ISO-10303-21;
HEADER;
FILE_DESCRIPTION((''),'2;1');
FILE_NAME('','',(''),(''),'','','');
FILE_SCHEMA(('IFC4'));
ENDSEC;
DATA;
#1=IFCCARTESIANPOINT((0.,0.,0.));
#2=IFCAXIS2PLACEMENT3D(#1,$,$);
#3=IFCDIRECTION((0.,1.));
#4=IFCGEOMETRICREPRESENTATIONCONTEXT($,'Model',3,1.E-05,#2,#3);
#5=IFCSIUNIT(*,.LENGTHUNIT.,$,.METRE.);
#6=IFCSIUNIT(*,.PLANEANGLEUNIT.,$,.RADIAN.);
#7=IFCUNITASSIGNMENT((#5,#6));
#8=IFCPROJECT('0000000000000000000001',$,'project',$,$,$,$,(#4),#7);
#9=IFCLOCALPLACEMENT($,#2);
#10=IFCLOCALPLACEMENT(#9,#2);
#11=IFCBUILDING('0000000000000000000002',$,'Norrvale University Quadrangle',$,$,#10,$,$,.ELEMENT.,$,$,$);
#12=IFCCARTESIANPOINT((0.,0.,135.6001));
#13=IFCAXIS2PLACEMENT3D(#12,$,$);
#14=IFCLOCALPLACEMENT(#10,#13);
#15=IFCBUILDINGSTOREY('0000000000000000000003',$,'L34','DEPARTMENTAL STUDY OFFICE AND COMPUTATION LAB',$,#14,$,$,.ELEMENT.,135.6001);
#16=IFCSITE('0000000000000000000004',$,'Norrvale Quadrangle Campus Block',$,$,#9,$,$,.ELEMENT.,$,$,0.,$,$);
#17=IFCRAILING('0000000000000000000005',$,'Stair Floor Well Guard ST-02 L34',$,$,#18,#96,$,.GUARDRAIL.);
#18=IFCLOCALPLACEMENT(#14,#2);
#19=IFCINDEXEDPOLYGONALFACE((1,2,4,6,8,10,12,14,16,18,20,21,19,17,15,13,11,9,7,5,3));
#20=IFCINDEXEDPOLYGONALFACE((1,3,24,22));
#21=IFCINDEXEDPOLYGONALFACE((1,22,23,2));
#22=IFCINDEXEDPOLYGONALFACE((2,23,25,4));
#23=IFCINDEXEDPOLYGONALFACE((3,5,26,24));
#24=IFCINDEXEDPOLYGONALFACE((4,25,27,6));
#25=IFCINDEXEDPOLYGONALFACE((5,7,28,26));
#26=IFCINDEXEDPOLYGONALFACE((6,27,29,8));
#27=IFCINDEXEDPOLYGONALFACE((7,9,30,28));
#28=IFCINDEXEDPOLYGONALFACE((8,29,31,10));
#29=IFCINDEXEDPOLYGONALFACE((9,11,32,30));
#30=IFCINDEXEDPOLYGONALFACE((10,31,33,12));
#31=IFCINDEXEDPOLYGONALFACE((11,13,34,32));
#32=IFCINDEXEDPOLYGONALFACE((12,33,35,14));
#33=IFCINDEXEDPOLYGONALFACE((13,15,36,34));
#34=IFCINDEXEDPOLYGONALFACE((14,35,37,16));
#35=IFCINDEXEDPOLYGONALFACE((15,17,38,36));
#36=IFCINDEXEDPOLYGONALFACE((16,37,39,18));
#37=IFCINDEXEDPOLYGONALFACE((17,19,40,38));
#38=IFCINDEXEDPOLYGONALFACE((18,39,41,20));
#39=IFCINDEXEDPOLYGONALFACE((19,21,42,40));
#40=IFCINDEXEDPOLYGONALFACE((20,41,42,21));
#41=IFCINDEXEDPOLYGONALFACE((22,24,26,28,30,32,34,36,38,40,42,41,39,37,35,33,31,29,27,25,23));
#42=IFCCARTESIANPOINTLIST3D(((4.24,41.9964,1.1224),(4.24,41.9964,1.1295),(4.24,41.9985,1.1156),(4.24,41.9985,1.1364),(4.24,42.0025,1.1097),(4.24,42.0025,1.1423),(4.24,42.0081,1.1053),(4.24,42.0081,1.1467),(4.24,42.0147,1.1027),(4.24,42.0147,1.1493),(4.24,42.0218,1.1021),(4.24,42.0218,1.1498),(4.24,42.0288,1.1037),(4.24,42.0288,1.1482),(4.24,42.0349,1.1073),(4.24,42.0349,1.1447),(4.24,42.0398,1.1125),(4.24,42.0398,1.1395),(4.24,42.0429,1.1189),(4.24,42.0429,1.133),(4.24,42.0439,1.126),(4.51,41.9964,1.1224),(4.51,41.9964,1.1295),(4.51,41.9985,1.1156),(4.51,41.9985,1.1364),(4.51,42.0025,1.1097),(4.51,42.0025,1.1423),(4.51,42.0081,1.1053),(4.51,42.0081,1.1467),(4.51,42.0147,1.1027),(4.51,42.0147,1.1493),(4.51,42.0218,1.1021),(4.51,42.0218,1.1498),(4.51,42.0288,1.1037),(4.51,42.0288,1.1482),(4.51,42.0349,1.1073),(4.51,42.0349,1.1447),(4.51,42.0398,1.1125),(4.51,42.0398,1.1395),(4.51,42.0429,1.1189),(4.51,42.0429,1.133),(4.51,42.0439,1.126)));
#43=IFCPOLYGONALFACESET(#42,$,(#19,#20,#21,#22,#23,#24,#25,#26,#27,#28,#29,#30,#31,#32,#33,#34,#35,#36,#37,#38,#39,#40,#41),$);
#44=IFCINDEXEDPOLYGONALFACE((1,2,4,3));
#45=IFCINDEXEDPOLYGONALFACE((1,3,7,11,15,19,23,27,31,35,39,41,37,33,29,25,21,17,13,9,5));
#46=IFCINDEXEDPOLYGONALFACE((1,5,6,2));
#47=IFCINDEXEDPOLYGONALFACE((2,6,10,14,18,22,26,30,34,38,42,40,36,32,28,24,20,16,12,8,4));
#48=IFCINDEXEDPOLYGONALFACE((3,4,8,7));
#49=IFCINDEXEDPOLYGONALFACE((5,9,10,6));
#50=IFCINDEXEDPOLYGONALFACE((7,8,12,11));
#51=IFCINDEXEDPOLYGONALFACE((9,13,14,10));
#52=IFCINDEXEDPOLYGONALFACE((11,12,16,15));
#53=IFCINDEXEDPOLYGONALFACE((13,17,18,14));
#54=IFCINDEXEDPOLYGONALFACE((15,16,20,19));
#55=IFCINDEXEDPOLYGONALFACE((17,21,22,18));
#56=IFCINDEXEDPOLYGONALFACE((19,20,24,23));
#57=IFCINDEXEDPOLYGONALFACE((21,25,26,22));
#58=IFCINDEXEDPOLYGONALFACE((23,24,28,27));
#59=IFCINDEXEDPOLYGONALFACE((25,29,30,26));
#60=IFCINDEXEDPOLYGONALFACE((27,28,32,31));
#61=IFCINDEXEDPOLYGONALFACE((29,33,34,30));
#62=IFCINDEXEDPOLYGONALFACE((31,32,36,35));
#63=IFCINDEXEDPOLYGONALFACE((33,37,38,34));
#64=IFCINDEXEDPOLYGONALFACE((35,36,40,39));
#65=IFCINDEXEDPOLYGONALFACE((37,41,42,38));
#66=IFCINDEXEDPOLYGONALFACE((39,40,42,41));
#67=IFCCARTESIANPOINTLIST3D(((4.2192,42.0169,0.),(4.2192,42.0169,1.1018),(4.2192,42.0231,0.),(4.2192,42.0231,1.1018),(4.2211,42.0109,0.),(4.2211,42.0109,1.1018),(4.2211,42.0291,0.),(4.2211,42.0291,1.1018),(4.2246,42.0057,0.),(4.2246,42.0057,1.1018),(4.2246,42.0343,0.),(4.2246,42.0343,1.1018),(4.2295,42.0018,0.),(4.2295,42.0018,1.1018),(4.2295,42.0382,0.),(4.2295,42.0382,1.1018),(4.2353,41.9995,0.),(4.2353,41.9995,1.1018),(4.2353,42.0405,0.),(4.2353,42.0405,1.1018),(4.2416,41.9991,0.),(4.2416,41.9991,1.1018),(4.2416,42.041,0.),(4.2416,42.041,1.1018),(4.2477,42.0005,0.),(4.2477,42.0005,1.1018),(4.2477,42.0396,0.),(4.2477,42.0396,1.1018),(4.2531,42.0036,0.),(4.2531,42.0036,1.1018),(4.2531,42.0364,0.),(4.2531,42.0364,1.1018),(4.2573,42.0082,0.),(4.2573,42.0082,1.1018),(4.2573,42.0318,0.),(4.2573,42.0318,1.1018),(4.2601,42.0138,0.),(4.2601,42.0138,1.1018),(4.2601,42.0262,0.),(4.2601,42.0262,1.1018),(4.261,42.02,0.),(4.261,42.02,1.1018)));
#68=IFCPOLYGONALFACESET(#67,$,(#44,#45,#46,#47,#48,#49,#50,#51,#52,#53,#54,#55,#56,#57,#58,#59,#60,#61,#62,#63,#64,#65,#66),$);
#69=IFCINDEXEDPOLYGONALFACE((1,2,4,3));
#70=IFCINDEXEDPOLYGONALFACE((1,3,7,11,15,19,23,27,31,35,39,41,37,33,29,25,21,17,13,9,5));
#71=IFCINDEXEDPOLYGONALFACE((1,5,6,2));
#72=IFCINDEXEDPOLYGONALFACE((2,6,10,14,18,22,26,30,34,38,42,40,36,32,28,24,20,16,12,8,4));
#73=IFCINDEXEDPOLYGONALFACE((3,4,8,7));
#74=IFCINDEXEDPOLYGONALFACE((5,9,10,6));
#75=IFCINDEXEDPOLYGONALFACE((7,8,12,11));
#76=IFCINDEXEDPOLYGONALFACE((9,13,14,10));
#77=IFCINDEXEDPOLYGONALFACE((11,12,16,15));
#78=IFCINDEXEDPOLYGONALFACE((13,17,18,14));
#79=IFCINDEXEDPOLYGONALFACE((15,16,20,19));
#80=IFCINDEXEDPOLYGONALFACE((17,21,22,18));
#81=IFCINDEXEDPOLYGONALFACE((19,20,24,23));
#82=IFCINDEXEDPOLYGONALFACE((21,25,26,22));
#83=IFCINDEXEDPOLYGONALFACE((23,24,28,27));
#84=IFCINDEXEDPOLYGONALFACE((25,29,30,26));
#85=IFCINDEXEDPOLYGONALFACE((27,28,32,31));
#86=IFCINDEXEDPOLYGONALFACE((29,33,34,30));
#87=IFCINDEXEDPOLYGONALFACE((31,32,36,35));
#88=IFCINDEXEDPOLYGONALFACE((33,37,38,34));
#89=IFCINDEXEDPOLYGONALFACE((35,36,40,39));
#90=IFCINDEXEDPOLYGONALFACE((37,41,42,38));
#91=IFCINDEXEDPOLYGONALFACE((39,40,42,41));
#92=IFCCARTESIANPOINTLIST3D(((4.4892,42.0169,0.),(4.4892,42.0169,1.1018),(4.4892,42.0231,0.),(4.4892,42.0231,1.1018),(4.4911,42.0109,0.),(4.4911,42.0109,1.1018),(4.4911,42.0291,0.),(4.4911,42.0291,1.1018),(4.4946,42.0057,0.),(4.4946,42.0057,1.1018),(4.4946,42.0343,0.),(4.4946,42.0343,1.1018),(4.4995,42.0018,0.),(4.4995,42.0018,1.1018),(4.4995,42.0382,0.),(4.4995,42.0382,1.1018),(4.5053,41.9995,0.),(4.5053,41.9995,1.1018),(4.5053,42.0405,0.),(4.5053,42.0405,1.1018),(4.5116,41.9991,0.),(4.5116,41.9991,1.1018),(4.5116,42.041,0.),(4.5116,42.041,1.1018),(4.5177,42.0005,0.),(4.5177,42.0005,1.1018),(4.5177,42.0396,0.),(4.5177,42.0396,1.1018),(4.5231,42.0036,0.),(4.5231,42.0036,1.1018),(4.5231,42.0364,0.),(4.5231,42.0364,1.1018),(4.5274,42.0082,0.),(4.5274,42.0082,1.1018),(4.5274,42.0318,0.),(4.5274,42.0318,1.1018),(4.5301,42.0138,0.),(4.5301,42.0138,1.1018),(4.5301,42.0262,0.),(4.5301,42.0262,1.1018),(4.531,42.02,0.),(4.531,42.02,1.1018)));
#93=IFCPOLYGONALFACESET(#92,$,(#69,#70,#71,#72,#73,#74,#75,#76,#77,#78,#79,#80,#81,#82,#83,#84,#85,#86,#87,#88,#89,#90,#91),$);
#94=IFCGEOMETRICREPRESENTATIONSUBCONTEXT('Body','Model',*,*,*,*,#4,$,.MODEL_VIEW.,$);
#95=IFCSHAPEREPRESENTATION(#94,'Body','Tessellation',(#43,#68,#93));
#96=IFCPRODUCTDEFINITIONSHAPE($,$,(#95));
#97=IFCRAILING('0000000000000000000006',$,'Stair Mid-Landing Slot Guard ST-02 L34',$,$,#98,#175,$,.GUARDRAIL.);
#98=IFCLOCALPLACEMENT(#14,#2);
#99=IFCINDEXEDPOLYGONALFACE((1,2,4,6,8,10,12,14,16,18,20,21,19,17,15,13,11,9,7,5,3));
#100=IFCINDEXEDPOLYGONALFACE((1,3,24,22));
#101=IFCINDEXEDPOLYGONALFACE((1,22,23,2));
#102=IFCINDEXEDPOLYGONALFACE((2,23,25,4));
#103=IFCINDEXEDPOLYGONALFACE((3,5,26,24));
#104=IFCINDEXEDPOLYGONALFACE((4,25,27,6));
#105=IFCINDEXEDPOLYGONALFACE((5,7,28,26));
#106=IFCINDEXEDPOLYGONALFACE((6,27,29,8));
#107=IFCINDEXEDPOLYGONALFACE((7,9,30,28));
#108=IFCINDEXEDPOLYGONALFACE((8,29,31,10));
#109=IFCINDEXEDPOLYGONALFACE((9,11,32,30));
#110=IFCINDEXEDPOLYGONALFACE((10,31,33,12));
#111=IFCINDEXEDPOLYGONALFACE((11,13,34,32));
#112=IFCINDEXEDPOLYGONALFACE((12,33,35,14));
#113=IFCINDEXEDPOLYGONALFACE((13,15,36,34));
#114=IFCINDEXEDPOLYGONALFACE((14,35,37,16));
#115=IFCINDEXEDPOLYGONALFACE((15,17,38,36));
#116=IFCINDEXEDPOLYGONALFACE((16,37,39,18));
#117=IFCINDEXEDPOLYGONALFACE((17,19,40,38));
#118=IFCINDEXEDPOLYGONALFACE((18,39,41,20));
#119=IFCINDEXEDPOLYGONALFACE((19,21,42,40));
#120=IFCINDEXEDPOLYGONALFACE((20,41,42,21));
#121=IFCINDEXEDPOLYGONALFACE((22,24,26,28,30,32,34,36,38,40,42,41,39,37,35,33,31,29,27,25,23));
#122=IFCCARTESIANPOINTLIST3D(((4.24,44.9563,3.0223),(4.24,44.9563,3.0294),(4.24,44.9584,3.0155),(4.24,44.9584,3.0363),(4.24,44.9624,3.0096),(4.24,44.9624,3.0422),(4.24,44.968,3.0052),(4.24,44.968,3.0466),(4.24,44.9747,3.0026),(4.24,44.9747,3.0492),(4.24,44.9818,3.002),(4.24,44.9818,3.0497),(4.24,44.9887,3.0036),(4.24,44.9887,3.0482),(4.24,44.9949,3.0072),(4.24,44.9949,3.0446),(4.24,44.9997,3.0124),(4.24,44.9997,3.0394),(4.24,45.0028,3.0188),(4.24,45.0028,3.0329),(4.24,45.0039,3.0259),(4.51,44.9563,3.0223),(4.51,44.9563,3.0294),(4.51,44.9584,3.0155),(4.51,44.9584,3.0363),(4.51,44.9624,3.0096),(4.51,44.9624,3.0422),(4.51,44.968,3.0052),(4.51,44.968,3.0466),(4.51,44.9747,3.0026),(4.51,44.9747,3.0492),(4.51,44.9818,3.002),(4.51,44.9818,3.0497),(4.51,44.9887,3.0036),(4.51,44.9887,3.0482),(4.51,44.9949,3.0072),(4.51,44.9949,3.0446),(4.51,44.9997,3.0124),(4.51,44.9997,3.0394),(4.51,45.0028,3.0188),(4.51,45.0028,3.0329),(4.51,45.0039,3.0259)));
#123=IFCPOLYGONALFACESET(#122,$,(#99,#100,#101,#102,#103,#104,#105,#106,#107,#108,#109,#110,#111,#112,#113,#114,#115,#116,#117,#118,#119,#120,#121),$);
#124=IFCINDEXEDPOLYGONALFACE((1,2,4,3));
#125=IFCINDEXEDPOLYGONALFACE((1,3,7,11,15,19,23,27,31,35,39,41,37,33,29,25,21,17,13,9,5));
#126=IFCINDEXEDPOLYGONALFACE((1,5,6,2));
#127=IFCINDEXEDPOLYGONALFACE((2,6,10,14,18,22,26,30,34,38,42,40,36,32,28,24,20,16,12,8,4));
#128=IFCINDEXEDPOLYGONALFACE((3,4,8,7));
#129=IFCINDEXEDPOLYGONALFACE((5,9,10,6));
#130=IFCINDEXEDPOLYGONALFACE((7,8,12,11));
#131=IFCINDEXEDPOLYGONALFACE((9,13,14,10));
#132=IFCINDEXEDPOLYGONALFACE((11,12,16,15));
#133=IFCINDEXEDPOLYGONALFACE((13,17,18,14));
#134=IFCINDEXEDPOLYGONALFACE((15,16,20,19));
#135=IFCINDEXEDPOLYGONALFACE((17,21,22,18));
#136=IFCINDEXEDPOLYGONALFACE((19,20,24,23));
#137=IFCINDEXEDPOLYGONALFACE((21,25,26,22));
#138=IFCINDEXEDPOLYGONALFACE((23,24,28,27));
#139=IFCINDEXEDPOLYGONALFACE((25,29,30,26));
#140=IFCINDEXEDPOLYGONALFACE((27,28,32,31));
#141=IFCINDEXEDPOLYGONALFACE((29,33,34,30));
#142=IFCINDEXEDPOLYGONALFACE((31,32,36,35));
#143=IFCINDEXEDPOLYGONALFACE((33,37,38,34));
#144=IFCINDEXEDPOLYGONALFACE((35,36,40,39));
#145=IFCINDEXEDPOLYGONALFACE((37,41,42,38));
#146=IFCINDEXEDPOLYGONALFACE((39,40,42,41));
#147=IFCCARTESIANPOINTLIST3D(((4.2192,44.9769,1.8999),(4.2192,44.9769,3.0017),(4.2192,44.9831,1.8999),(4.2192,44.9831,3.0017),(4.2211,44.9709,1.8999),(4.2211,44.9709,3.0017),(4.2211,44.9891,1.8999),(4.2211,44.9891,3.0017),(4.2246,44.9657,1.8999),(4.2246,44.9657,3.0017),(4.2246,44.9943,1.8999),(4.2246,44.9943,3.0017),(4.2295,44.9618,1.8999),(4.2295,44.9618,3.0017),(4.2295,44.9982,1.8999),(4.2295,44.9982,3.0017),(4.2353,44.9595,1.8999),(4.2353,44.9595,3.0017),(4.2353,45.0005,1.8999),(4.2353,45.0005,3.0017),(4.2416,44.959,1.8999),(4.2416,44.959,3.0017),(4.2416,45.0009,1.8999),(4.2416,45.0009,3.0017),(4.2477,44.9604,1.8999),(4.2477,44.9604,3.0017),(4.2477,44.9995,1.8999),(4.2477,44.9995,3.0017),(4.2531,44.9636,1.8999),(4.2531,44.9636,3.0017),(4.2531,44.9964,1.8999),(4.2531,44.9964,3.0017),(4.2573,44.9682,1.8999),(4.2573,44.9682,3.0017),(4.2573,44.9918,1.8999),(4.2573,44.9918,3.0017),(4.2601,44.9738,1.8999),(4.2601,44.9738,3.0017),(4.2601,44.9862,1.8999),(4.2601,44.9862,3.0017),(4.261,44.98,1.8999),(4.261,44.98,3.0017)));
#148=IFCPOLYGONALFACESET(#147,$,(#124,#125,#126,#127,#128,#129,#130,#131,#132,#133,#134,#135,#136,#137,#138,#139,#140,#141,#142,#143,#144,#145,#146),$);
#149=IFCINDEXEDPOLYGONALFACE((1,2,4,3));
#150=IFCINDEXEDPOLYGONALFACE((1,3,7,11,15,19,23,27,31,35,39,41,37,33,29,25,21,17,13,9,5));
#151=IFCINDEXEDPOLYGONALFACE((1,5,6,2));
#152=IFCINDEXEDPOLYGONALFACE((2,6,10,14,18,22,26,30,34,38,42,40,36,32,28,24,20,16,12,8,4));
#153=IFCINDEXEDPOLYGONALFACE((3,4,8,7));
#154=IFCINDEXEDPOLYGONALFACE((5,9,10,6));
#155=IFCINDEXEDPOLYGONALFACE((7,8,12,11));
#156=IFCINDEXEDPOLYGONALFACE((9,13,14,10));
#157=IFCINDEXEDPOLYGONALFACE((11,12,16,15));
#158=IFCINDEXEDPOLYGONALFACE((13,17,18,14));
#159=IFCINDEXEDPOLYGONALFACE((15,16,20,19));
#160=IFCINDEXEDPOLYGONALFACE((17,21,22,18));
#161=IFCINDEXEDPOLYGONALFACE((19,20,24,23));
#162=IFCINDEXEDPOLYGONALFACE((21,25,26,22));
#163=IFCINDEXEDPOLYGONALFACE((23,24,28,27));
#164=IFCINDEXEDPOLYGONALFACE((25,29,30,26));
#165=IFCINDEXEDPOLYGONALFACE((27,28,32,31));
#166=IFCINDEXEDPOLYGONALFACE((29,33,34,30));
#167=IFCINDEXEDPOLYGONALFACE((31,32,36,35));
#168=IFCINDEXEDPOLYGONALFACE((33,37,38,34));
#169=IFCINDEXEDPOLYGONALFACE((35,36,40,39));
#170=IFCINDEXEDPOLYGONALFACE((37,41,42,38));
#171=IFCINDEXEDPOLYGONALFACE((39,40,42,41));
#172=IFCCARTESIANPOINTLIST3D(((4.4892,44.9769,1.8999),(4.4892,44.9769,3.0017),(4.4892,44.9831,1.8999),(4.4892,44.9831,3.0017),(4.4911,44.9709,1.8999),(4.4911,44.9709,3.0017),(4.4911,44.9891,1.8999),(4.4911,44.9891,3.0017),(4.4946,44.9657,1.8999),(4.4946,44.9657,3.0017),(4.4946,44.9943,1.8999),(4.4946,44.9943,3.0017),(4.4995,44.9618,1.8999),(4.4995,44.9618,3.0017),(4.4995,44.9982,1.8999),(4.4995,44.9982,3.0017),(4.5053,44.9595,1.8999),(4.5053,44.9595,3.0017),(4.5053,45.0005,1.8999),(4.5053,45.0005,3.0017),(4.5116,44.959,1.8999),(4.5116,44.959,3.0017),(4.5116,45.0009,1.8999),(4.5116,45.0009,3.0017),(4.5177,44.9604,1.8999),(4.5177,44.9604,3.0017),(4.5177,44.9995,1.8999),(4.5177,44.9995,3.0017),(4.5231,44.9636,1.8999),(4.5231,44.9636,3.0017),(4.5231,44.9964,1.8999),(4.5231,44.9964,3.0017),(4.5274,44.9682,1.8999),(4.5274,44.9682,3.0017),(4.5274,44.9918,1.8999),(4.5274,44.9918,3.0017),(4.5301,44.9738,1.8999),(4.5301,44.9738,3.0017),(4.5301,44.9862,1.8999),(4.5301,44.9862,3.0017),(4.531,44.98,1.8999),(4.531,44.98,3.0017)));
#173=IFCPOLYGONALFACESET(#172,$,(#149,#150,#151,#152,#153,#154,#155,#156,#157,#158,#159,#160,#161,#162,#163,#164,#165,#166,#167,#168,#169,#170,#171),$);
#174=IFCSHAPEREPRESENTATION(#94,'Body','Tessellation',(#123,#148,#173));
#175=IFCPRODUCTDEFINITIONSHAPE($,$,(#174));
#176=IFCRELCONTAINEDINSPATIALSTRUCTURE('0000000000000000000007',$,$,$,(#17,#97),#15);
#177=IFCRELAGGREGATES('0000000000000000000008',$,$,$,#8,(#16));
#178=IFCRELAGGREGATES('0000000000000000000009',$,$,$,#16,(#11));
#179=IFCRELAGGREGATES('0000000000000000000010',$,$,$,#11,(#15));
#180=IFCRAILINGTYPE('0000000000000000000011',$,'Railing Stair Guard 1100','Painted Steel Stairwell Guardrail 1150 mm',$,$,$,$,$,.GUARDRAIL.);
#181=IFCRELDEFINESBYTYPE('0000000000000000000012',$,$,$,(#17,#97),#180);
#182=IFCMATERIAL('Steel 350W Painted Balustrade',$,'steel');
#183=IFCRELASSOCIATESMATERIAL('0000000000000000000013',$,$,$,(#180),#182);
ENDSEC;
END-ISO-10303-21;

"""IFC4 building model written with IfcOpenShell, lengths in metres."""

from ifc_helpers import new_model, si_unit, direction, frame, origin, origin_2d, place, context, subcontext, project, spatial, circle, extrude, material, type_object, element, save


model = new_model("IFC4")

# Units and contexts
model_context = context("Model", 3, precision=1e-05, world=origin(), true_north=direction((0.0, 1.0)))
body_context = subcontext(model_context, "Body", "Model", "MODEL_VIEW")
ifc_project = project(units=[si_unit("LENGTHUNIT", "METRE"), si_unit("PLANEANGLEUNIT", "RADIAN")], contexts=[model_context])

# Site, building, storey
site_placement = place(None, origin())
site = spatial("IfcSite", under=ifc_project, at=site_placement, Name="Norrvale Quadrangle Campus Block", CompositionType="ELEMENT", RefElevation=0.0)
building_placement = place(site_placement, origin())
building = spatial("IfcBuilding", under=site, at=building_placement, Name="Norrvale University Quadrangle", CompositionType="ELEMENT")
storey_placement = place(building_placement, frame((0.0, 0.0, 135.6001)))
storey = spatial("IfcBuildingStorey", under=building, at=storey_placement, Name="L34", Description="DEPARTMENTAL STUDY OFFICE AND COMPUTATION LAB", CompositionType="ELEMENT", Elevation=135.6001)

# Railings
ifc_material_1 = material(Name="Steel 350W Painted Balustrade", Category="steel")
railing_type_1 = type_object("IfcRailingType", Name="Railing Stair Guard 1100", Description="Painted Steel Stairwell Guardrail 1150 mm", PredefinedType="GUARDRAIL", material=ifc_material_1)
for number, where, name in (
    (1, (4.24, 42.02, 0.0), "Stair Floor Well Guard ST-02 L34"),
    (2, (4.24, 44.98, 1.8999), "Stair Mid-Landing Slot Guard ST-02 L34"),
):
    element("IfcRailing", number, at=place(storey_placement, frame(where)), inside=storey, type_object=railing_type_1, Name=name, PredefinedType="GUARDRAIL", context=body_context, shape_type="SweptSolid", body=[
        extrude(circle(Radius=0.0239, at=origin_2d()), frame((0.0, 0.0, 1.126), z_axis=(1.0, 0.0, 0.0), x_axis=(0.0, 1.0, 0.0)), (0.0, 0.0, 1.0), 0.27),
        extrude(circle(Radius=0.021, at=origin_2d()), origin(), (0.0, 0.0, 1.0), 1.1018),
        extrude(circle(Radius=0.021, at=origin_2d()), frame((0.27, 0.0, 0.0)), (0.0, 0.0, 1.0), 1.1018),
    ])

save(model, "model.ifc")
